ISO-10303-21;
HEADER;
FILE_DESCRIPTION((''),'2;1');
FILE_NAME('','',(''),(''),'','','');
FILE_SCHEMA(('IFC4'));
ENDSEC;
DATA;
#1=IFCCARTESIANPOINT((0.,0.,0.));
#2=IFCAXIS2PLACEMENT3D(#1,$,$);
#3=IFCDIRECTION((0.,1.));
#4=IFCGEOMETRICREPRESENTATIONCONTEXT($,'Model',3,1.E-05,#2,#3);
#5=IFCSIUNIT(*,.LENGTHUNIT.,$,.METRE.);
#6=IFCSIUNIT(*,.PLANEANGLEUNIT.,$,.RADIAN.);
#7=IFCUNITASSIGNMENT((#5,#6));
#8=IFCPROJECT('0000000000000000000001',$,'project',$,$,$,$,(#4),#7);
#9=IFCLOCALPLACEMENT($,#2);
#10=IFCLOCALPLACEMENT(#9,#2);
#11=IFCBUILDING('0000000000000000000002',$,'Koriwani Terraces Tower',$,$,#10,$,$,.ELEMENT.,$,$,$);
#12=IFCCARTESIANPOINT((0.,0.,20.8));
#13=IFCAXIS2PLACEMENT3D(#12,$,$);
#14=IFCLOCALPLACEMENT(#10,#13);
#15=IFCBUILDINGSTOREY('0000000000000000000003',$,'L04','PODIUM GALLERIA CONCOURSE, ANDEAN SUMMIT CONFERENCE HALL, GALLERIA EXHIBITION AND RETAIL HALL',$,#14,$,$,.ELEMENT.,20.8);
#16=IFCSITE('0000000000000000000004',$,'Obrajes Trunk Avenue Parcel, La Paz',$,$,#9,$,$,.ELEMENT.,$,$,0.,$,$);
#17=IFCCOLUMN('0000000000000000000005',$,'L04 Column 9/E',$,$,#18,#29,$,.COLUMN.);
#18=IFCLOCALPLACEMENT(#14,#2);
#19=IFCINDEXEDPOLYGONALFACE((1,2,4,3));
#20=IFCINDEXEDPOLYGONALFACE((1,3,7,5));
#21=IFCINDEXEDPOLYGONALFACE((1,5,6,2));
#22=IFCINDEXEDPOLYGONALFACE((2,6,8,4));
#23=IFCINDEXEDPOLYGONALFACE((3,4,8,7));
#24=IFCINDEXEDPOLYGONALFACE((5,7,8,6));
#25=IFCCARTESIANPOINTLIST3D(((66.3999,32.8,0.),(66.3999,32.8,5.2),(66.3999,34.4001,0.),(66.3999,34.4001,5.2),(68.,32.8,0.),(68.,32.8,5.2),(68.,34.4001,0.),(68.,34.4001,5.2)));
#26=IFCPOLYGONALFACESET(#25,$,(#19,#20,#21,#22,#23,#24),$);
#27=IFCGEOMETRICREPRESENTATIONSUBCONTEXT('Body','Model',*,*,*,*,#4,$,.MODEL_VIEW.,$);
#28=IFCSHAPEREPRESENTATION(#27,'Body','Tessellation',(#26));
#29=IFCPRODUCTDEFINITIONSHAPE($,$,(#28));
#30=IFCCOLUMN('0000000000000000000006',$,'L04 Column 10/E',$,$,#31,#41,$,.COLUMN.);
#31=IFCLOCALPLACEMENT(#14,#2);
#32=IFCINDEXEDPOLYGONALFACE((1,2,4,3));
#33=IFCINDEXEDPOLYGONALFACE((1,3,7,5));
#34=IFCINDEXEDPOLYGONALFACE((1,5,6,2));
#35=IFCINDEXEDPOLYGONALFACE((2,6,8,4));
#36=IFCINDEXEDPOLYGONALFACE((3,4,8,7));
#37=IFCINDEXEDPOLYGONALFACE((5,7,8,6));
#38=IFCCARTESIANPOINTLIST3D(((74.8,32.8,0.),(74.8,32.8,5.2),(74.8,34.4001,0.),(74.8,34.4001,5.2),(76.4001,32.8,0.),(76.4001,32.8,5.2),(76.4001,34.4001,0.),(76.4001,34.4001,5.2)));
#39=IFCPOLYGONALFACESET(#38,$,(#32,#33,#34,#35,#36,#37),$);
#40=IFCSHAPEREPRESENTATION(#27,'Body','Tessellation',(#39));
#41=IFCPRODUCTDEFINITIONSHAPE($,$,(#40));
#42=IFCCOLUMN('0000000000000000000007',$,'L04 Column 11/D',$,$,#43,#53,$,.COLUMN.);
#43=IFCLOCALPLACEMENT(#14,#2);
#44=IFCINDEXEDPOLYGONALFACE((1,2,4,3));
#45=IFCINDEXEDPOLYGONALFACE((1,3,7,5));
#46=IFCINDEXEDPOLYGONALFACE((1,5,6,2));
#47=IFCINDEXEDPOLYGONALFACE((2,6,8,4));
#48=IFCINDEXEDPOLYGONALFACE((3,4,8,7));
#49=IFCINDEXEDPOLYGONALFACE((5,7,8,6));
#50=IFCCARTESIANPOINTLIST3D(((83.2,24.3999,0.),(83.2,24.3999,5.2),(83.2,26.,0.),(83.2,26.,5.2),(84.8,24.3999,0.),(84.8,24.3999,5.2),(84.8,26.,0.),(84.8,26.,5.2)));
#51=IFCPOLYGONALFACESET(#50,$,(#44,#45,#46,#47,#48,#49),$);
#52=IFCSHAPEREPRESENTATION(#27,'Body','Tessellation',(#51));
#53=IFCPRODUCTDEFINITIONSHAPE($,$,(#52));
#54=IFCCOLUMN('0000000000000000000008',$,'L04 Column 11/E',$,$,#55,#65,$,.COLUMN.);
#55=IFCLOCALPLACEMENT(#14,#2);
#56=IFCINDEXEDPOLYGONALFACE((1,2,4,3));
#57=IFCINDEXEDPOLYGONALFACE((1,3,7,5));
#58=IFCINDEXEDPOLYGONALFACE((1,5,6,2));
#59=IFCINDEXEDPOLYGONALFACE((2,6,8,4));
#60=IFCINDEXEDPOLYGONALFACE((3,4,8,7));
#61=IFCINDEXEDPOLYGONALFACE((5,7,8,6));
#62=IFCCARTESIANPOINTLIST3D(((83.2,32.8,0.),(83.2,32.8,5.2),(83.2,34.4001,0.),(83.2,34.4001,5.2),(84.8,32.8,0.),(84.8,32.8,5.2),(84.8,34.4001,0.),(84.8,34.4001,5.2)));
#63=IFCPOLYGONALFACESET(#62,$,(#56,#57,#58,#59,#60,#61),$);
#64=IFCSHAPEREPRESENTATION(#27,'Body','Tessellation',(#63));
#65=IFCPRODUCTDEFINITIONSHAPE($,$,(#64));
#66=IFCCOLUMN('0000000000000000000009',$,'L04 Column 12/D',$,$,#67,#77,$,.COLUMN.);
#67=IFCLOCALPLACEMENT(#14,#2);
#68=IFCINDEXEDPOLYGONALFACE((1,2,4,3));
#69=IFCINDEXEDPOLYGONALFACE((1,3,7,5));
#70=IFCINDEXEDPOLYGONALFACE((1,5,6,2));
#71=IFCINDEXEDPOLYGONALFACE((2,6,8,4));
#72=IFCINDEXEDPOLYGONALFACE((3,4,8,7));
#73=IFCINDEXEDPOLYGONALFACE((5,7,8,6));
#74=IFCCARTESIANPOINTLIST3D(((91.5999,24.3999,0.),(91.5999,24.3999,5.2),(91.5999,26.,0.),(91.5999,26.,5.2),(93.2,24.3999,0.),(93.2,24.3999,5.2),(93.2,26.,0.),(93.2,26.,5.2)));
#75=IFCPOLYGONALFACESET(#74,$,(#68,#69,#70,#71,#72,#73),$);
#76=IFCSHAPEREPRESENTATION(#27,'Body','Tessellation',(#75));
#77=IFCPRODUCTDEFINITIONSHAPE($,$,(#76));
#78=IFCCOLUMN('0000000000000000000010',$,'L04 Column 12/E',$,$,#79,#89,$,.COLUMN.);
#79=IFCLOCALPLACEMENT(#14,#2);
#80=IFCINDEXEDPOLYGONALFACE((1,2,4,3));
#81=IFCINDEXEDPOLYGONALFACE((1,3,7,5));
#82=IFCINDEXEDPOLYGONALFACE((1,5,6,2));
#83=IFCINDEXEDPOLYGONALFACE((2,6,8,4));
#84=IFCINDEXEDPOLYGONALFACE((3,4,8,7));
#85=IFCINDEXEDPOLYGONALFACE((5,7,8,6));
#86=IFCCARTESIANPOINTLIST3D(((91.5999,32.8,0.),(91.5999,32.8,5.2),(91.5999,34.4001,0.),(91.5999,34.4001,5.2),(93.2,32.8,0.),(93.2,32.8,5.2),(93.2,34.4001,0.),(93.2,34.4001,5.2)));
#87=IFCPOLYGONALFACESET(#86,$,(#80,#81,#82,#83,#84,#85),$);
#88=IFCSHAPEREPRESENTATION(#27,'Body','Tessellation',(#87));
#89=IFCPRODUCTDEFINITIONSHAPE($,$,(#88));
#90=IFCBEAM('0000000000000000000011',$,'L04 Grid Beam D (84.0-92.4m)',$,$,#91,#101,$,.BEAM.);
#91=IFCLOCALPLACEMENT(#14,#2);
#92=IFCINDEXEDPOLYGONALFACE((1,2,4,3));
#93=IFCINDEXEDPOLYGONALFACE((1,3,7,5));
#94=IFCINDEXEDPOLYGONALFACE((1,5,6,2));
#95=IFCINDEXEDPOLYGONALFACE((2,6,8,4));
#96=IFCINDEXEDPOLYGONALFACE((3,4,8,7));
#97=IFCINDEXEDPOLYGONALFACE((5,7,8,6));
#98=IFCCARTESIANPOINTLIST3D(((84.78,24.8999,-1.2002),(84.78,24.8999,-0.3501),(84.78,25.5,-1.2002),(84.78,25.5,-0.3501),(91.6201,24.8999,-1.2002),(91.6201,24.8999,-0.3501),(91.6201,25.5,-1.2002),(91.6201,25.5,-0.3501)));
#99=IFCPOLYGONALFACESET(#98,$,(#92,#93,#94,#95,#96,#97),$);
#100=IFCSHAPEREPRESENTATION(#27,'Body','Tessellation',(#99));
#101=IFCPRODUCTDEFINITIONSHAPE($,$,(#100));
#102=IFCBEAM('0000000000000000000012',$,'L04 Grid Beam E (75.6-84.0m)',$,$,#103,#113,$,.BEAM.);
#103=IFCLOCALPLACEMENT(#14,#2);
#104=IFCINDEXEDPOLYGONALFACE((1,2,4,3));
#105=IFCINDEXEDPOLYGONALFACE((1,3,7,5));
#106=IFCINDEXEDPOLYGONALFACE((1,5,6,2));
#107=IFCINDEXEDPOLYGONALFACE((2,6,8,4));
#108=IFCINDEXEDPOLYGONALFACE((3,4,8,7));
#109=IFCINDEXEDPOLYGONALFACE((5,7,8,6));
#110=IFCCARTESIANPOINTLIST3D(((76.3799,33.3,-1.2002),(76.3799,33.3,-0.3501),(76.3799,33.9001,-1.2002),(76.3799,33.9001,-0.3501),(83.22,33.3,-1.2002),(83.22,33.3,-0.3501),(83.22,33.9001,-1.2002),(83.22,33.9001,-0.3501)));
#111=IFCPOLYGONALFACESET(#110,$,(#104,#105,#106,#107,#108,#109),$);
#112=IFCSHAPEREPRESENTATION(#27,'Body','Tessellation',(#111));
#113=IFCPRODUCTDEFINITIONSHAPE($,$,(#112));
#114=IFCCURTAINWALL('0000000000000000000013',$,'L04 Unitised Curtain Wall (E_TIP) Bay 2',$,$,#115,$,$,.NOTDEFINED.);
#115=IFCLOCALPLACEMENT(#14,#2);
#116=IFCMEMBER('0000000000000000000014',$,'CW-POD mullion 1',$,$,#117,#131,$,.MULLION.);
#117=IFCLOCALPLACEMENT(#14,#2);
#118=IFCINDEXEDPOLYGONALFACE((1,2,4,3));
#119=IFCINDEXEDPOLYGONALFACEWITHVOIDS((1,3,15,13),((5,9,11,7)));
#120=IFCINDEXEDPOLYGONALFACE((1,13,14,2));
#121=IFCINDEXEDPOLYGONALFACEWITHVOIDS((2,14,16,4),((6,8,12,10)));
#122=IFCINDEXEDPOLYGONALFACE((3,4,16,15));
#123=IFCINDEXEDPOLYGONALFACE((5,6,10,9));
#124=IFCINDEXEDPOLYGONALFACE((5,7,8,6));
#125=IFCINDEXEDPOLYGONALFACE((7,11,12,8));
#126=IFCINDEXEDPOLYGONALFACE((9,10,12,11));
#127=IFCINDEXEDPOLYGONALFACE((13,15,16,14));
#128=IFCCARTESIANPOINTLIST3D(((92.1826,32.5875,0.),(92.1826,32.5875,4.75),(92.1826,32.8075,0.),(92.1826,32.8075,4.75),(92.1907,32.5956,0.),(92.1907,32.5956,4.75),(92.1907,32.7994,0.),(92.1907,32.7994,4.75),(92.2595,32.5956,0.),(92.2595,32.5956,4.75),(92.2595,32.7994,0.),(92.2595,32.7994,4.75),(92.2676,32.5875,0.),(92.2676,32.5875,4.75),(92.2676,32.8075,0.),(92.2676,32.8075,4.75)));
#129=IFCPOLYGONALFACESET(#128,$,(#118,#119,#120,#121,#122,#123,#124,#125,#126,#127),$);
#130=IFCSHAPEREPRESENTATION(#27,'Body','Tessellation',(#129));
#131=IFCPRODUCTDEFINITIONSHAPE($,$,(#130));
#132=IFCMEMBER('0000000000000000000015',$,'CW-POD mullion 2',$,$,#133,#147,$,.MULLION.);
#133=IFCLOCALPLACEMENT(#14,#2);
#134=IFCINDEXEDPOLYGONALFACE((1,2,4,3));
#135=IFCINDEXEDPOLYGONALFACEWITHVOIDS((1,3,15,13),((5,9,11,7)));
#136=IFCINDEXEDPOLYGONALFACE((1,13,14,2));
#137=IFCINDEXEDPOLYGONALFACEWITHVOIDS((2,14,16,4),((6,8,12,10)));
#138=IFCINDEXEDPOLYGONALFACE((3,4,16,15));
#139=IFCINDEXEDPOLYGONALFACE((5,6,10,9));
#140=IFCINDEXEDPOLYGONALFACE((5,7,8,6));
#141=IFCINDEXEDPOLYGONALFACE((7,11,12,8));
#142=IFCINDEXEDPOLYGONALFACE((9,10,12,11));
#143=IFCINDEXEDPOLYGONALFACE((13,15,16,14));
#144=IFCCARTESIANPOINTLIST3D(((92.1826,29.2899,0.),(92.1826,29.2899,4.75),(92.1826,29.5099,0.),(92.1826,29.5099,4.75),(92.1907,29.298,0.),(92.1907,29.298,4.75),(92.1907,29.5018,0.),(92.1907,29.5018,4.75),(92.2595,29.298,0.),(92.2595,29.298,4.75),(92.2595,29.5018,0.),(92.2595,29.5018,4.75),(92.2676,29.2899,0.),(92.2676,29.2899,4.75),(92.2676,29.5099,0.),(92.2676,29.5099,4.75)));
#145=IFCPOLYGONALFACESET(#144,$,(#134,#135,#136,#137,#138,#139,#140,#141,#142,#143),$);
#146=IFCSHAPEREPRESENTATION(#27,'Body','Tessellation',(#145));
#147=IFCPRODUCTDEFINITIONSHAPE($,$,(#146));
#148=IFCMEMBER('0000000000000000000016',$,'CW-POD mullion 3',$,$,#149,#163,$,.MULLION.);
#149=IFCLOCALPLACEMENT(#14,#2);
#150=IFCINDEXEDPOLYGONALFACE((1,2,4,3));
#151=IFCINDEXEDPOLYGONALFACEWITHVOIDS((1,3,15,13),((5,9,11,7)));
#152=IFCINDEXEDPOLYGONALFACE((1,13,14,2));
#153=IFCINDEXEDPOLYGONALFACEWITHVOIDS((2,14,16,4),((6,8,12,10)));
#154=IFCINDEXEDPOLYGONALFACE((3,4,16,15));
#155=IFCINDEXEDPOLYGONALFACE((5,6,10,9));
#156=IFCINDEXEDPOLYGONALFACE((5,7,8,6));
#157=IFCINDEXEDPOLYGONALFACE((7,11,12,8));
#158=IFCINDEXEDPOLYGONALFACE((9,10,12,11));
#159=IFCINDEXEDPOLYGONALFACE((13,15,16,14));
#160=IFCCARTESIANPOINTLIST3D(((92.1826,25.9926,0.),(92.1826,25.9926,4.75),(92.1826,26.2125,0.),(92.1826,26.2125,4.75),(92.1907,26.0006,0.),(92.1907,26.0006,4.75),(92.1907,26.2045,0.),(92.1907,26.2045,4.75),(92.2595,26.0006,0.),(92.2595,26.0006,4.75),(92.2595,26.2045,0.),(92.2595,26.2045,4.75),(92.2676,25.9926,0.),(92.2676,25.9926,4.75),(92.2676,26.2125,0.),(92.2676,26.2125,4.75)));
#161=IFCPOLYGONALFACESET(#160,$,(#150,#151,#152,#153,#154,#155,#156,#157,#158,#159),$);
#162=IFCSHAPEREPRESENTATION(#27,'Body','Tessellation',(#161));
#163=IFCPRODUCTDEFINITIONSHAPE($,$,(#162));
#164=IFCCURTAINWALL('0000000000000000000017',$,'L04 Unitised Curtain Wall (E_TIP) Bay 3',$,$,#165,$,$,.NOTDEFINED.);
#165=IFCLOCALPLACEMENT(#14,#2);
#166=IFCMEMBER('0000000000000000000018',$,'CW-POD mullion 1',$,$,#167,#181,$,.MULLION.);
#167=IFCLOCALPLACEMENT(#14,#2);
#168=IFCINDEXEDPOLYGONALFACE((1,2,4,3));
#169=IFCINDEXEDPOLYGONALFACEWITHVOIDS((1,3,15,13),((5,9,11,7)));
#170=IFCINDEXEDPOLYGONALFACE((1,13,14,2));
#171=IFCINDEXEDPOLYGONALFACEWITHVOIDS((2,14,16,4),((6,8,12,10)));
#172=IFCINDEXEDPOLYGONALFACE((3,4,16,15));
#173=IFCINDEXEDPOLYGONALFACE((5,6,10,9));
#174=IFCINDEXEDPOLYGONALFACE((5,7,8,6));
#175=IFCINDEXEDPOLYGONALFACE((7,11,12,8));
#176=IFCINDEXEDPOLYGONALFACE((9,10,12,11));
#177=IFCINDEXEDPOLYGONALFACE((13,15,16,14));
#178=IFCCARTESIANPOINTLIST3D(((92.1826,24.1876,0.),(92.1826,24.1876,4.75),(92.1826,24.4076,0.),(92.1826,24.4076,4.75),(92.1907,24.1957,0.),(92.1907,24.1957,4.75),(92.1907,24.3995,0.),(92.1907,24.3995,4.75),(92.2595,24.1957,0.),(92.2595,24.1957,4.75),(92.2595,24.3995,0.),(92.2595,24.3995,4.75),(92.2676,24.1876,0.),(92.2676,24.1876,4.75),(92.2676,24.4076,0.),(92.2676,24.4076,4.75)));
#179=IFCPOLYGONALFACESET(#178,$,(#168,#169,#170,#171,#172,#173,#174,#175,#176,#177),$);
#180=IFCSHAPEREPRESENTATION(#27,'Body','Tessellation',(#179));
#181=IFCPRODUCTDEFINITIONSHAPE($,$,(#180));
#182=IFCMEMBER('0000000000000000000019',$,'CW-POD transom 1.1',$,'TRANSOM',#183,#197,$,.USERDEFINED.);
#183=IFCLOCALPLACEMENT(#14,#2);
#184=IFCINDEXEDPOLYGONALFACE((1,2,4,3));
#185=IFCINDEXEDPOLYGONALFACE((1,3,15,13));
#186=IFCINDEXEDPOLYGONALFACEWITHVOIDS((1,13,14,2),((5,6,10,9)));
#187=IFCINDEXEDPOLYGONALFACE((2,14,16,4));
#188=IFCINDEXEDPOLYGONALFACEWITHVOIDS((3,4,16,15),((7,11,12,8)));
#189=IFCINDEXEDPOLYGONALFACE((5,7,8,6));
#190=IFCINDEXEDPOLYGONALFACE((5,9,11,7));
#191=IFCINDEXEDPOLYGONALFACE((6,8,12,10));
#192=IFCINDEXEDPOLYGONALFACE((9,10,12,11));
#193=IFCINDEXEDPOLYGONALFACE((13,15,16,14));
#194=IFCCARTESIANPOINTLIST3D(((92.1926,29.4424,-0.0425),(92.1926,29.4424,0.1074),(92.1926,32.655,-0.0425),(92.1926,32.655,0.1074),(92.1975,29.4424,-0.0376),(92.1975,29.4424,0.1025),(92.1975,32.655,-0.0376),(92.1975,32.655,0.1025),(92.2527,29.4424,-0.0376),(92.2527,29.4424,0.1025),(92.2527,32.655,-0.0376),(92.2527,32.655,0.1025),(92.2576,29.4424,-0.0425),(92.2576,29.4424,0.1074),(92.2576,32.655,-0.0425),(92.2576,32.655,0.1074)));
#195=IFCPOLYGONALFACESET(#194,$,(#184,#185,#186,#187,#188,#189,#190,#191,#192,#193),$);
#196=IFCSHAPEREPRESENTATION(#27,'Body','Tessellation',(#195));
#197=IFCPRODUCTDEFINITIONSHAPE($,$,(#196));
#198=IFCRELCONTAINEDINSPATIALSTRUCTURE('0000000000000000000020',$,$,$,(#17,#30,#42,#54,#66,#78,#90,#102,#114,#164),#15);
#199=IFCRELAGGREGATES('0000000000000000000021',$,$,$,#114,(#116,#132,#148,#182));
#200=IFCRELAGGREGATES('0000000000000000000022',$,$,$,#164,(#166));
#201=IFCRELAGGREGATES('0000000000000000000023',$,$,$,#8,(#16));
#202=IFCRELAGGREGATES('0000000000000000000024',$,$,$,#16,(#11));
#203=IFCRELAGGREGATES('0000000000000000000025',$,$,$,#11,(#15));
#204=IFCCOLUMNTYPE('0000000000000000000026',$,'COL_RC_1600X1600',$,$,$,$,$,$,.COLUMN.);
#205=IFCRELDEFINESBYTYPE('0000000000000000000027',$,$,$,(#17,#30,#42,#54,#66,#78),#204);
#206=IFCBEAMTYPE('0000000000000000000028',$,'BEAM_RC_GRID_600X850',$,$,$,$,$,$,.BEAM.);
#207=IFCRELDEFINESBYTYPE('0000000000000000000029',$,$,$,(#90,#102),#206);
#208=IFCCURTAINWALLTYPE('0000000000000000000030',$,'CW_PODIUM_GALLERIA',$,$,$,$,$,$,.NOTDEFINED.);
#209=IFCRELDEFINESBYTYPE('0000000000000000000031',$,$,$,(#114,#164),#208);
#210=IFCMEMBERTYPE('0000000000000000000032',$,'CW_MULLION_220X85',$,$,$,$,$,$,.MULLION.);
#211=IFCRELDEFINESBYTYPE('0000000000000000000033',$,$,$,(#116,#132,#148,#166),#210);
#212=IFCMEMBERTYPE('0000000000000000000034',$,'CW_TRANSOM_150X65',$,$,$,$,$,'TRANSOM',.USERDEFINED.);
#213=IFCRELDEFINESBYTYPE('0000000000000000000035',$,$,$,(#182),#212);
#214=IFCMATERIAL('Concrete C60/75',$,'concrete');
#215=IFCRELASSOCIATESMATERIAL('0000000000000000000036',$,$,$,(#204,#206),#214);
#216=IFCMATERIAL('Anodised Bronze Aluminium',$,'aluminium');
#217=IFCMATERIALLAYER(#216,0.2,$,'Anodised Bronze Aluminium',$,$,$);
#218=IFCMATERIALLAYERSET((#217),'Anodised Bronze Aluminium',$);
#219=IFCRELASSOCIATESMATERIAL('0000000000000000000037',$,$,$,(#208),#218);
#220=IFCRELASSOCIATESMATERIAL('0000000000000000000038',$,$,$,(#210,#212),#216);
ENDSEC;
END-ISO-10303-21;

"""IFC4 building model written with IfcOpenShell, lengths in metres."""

from ifc_helpers import new_model, si_unit, direction, frame, origin, origin_2d, place, context, subcontext, project, spatial, rectangle, hollow_rectangle, extrude, material, layer, layer_set, material_profile, profile_set, type_object, element, aggregate, save


model = new_model("IFC4")

# Units and contexts
model_context = context("Model", 3, precision=1e-05, world=origin(), true_north=direction((0.0, 1.0)))
body_context = subcontext(model_context, "Body", "Model", "MODEL_VIEW")
ifc_project = project(units=[si_unit("LENGTHUNIT", "METRE"), si_unit("PLANEANGLEUNIT", "RADIAN")], contexts=[model_context])

# Site, building, storey
site_placement = place(None, origin())
site = spatial("IfcSite", under=ifc_project, at=site_placement, Name="Obrajes Trunk Avenue Parcel, La Paz", CompositionType="ELEMENT", RefElevation=0.0)
building_placement = place(site_placement, origin())
building = spatial("IfcBuilding", under=site, at=building_placement, Name="Koriwani Terraces Tower", CompositionType="ELEMENT")
storey_placement = place(building_placement, frame((0.0, 0.0, 20.8)))
storey = spatial("IfcBuildingStorey", under=building, at=storey_placement, Name="L04", Description="PODIUM GALLERIA CONCOURSE, ANDEAN SUMMIT CONFERENCE HALL, GALLERIA EXHIBITION AND RETAIL HALL", CompositionType="ELEMENT", Elevation=20.8)

# Columns
ifc_material_1 = material(Name="Concrete C60/75", Category="concrete")
ifc_material_profile_1 = material_profile(ifc_material_1, rectangle(XDim=1.6001, YDim=1.6001, at=origin_2d()), Name="Concrete C60/75", Category="LoadBearing")
ifc_profile_set_1 = profile_set([ifc_material_profile_1], Name="Concrete C60/75")
column_type = type_object("IfcColumnType", Name="COL_RC_1600X1600", PredefinedType="COLUMN", material=ifc_profile_set_1)
for number, where, z_axis, x_axis, name in (
    (1, (67.2, 33.6001, 0.0), (0.0, 0.0, 1.0), (1.0, 0.0, 0.0), "L04 Column 9/E"),
    (2, (75.6001, 33.6001, 0.0), (0.0, 0.0, 1.0), (1.0, 0.0, 0.0), "L04 Column 10/E"),
    (3, (84.0, 25.2, 0.0), (0.0, 0.0, 1.0), (1.0, 0.0, 0.0), "L04 Column 11/D"),
    (4, (84.0, 33.6001, 0.0), (0.0, 0.0, 1.0), (1.0, 0.0, 0.0), "L04 Column 11/E"),
    (5, (92.3999, 25.2, 0.0), (0.0, 0.0, 1.0), (1.0, 0.0, 0.0), "L04 Column 12/D"),
    (6, (92.3999, 33.6001, 0.0), (0.0, 0.0, 1.0), (1.0, 0.0, 0.0), "L04 Column 12/E"),
):
    element("IfcColumn", number, at=place(storey_placement, frame(where, z_axis=z_axis, x_axis=x_axis)), inside=storey, type_object=column_type, Name=name, PredefinedType="COLUMN", context=body_context, shape_type="SweptSolid", body=[
        extrude(rectangle(XDim=1.6001, YDim=1.6001, at=origin_2d()), origin(), (0.0, 0.0, 1.0), 5.2),
    ])

# Beams
ifc_material_profile_2 = material_profile(ifc_material_1, rectangle(XDim=0.6001, YDim=0.8501, at=origin_2d()), Name="Concrete C60/75", Category="LoadBearing")
ifc_profile_set_2 = profile_set([ifc_material_profile_2], Name="Concrete C60/75")
beam_type_1 = type_object("IfcBeamType", Name="BEAM_RC_GRID_600X850", PredefinedType="BEAM", material=ifc_profile_set_2)
for number, where, z_axis, x_axis, name in (
    (7, (84.78, 25.2, -0.7751), (1.0, 0.0, 0.0), (0.0, 1.0, 0.0), "L04 Grid Beam D (84.0-92.4m)"),
    (8, (76.3799, 33.6001, -0.7751), (1.0, 0.0, 0.0), (0.0, 1.0, 0.0), "L04 Grid Beam E (75.6-84.0m)"),
):
    element("IfcBeam", number, at=place(storey_placement, frame(where, z_axis=z_axis, x_axis=x_axis)), inside=storey, type_object=beam_type_1, Name=name, PredefinedType="BEAM", context=body_context, shape_type="SweptSolid", body=[
        extrude(rectangle(XDim=0.6001, YDim=0.8501, at=origin_2d()), origin(), (0.0, 0.0, 1.0), 6.8401),
    ])

# Curtain wall, members
ifc_material_2 = material(Name="Anodised Bronze Aluminium", Category="aluminium")
ifc_layer_1 = layer(ifc_material_2, 0.2, Name="Anodised Bronze Aluminium")
ifc_layer_set_1 = layer_set([ifc_layer_1], Name="Anodised Bronze Aluminium")
curtain_wall_type = type_object("IfcCurtainWallType", Name="CW_PODIUM_GALLERIA", PredefinedType="NOTDEFINED", material=ifc_layer_set_1)
curtain_wall_1_placement = place(storey_placement, origin())
curtain_wall_1 = element("IfcCurtainWall", 9, at=curtain_wall_1_placement, inside=storey, type_object=curtain_wall_type, Name="L04 Unitised Curtain Wall (E_TIP) Bay 2", PredefinedType="NOTDEFINED")
ifc_material_profile_3 = material_profile(ifc_material_2, hollow_rectangle(XDim=0.085, YDim=0.22, WallThickness=0.0081, at=origin_2d()), Name="Anodised Bronze Aluminium", Category="LoadBearing")
ifc_profile_set_3 = profile_set([ifc_material_profile_3], Name="Anodised Bronze Aluminium")
member_type_1 = type_object("IfcMemberType", Name="CW_MULLION_220X85", PredefinedType="MULLION", material=ifc_profile_set_3)
member_1_placement = place(storey_placement, frame((92.2251, 32.6975, 0.0), z_axis=(0.0, 0.0, 1.0), x_axis=(1.0, 0.0, 0.0)))
member_1 = element("IfcMember", 10, at=member_1_placement, type_object=member_type_1, Name="CW-POD mullion 1", PredefinedType="MULLION", context=body_context, shape_type="SweptSolid", body=[
    extrude(hollow_rectangle(XDim=0.085, YDim=0.22, WallThickness=0.0081, at=origin_2d()), origin(), (0.0, 0.0, 1.0), 4.75),
])
member_2_placement = place(storey_placement, frame((92.2251, 29.3999, 0.0), z_axis=(0.0, 0.0, 1.0), x_axis=(1.0, 0.0, 0.0)))
member_2 = element("IfcMember", 11, at=member_2_placement, type_object=member_type_1, Name="CW-POD mullion 2", PredefinedType="MULLION", context=body_context, shape_type="SweptSolid", body=[
    extrude(hollow_rectangle(XDim=0.085, YDim=0.22, WallThickness=0.0081, at=origin_2d()), origin(), (0.0, 0.0, 1.0), 4.75),
])
member_3_placement = place(storey_placement, frame((92.2251, 26.1025, 0.0), z_axis=(0.0, 0.0, 1.0), x_axis=(1.0, 0.0, 0.0)))
member_3 = element("IfcMember", 12, at=member_3_placement, type_object=member_type_1, Name="CW-POD mullion 3", PredefinedType="MULLION", context=body_context, shape_type="SweptSolid", body=[
    extrude(hollow_rectangle(XDim=0.085, YDim=0.22, WallThickness=0.0081, at=origin_2d()), origin(), (0.0, 0.0, 1.0), 4.75),
])

# Curtain wall, member
curtain_wall_2_placement = place(storey_placement, origin())
curtain_wall_2 = element("IfcCurtainWall", 13, at=curtain_wall_2_placement, inside=storey, type_object=curtain_wall_type, Name="L04 Unitised Curtain Wall (E_TIP) Bay 3", PredefinedType="NOTDEFINED")
member_4_placement = place(storey_placement, frame((92.2251, 24.2976, 0.0), z_axis=(0.0, 0.0, 1.0), x_axis=(1.0, 0.0, 0.0)))
member_4 = element("IfcMember", 14, at=member_4_placement, type_object=member_type_1, Name="CW-POD mullion 1", PredefinedType="MULLION", context=body_context, shape_type="SweptSolid", body=[
    extrude(hollow_rectangle(XDim=0.085, YDim=0.22, WallThickness=0.0081, at=origin_2d()), origin(), (0.0, 0.0, 1.0), 4.75),
])

# Member
ifc_material_profile_4 = material_profile(ifc_material_2, hollow_rectangle(XDim=0.0649, YDim=0.1499, WallThickness=0.0049, at=origin_2d()), Name="Anodised Bronze Aluminium", Category="LoadBearing")
ifc_profile_set_4 = profile_set([ifc_material_profile_4], Name="Anodised Bronze Aluminium")
member_type_2 = type_object("IfcMemberType", Name="CW_TRANSOM_150X65", ElementType="TRANSOM", PredefinedType="USERDEFINED", material=ifc_profile_set_4)
member_5_placement = place(storey_placement, frame((92.2251, 32.655, 0.0325), z_axis=(0.0, -1.0, 0.0), x_axis=(1.0, 0.0, 0.0)))
member_5 = element("IfcMember", 15, at=member_5_placement, type_object=member_type_2, Name="CW-POD transom 1.1", ObjectType="TRANSOM", PredefinedType="USERDEFINED", context=body_context, shape_type="SweptSolid", body=[
    extrude(hollow_rectangle(XDim=0.0649, YDim=0.1499, WallThickness=0.0049, at=origin_2d()), origin(), (0.0, 0.0, 1.0), 3.2126),
])

aggregate(curtain_wall_1, [member_1, member_2, member_3, member_5])
aggregate(curtain_wall_2, [member_4])

save(model, "model.ifc")
